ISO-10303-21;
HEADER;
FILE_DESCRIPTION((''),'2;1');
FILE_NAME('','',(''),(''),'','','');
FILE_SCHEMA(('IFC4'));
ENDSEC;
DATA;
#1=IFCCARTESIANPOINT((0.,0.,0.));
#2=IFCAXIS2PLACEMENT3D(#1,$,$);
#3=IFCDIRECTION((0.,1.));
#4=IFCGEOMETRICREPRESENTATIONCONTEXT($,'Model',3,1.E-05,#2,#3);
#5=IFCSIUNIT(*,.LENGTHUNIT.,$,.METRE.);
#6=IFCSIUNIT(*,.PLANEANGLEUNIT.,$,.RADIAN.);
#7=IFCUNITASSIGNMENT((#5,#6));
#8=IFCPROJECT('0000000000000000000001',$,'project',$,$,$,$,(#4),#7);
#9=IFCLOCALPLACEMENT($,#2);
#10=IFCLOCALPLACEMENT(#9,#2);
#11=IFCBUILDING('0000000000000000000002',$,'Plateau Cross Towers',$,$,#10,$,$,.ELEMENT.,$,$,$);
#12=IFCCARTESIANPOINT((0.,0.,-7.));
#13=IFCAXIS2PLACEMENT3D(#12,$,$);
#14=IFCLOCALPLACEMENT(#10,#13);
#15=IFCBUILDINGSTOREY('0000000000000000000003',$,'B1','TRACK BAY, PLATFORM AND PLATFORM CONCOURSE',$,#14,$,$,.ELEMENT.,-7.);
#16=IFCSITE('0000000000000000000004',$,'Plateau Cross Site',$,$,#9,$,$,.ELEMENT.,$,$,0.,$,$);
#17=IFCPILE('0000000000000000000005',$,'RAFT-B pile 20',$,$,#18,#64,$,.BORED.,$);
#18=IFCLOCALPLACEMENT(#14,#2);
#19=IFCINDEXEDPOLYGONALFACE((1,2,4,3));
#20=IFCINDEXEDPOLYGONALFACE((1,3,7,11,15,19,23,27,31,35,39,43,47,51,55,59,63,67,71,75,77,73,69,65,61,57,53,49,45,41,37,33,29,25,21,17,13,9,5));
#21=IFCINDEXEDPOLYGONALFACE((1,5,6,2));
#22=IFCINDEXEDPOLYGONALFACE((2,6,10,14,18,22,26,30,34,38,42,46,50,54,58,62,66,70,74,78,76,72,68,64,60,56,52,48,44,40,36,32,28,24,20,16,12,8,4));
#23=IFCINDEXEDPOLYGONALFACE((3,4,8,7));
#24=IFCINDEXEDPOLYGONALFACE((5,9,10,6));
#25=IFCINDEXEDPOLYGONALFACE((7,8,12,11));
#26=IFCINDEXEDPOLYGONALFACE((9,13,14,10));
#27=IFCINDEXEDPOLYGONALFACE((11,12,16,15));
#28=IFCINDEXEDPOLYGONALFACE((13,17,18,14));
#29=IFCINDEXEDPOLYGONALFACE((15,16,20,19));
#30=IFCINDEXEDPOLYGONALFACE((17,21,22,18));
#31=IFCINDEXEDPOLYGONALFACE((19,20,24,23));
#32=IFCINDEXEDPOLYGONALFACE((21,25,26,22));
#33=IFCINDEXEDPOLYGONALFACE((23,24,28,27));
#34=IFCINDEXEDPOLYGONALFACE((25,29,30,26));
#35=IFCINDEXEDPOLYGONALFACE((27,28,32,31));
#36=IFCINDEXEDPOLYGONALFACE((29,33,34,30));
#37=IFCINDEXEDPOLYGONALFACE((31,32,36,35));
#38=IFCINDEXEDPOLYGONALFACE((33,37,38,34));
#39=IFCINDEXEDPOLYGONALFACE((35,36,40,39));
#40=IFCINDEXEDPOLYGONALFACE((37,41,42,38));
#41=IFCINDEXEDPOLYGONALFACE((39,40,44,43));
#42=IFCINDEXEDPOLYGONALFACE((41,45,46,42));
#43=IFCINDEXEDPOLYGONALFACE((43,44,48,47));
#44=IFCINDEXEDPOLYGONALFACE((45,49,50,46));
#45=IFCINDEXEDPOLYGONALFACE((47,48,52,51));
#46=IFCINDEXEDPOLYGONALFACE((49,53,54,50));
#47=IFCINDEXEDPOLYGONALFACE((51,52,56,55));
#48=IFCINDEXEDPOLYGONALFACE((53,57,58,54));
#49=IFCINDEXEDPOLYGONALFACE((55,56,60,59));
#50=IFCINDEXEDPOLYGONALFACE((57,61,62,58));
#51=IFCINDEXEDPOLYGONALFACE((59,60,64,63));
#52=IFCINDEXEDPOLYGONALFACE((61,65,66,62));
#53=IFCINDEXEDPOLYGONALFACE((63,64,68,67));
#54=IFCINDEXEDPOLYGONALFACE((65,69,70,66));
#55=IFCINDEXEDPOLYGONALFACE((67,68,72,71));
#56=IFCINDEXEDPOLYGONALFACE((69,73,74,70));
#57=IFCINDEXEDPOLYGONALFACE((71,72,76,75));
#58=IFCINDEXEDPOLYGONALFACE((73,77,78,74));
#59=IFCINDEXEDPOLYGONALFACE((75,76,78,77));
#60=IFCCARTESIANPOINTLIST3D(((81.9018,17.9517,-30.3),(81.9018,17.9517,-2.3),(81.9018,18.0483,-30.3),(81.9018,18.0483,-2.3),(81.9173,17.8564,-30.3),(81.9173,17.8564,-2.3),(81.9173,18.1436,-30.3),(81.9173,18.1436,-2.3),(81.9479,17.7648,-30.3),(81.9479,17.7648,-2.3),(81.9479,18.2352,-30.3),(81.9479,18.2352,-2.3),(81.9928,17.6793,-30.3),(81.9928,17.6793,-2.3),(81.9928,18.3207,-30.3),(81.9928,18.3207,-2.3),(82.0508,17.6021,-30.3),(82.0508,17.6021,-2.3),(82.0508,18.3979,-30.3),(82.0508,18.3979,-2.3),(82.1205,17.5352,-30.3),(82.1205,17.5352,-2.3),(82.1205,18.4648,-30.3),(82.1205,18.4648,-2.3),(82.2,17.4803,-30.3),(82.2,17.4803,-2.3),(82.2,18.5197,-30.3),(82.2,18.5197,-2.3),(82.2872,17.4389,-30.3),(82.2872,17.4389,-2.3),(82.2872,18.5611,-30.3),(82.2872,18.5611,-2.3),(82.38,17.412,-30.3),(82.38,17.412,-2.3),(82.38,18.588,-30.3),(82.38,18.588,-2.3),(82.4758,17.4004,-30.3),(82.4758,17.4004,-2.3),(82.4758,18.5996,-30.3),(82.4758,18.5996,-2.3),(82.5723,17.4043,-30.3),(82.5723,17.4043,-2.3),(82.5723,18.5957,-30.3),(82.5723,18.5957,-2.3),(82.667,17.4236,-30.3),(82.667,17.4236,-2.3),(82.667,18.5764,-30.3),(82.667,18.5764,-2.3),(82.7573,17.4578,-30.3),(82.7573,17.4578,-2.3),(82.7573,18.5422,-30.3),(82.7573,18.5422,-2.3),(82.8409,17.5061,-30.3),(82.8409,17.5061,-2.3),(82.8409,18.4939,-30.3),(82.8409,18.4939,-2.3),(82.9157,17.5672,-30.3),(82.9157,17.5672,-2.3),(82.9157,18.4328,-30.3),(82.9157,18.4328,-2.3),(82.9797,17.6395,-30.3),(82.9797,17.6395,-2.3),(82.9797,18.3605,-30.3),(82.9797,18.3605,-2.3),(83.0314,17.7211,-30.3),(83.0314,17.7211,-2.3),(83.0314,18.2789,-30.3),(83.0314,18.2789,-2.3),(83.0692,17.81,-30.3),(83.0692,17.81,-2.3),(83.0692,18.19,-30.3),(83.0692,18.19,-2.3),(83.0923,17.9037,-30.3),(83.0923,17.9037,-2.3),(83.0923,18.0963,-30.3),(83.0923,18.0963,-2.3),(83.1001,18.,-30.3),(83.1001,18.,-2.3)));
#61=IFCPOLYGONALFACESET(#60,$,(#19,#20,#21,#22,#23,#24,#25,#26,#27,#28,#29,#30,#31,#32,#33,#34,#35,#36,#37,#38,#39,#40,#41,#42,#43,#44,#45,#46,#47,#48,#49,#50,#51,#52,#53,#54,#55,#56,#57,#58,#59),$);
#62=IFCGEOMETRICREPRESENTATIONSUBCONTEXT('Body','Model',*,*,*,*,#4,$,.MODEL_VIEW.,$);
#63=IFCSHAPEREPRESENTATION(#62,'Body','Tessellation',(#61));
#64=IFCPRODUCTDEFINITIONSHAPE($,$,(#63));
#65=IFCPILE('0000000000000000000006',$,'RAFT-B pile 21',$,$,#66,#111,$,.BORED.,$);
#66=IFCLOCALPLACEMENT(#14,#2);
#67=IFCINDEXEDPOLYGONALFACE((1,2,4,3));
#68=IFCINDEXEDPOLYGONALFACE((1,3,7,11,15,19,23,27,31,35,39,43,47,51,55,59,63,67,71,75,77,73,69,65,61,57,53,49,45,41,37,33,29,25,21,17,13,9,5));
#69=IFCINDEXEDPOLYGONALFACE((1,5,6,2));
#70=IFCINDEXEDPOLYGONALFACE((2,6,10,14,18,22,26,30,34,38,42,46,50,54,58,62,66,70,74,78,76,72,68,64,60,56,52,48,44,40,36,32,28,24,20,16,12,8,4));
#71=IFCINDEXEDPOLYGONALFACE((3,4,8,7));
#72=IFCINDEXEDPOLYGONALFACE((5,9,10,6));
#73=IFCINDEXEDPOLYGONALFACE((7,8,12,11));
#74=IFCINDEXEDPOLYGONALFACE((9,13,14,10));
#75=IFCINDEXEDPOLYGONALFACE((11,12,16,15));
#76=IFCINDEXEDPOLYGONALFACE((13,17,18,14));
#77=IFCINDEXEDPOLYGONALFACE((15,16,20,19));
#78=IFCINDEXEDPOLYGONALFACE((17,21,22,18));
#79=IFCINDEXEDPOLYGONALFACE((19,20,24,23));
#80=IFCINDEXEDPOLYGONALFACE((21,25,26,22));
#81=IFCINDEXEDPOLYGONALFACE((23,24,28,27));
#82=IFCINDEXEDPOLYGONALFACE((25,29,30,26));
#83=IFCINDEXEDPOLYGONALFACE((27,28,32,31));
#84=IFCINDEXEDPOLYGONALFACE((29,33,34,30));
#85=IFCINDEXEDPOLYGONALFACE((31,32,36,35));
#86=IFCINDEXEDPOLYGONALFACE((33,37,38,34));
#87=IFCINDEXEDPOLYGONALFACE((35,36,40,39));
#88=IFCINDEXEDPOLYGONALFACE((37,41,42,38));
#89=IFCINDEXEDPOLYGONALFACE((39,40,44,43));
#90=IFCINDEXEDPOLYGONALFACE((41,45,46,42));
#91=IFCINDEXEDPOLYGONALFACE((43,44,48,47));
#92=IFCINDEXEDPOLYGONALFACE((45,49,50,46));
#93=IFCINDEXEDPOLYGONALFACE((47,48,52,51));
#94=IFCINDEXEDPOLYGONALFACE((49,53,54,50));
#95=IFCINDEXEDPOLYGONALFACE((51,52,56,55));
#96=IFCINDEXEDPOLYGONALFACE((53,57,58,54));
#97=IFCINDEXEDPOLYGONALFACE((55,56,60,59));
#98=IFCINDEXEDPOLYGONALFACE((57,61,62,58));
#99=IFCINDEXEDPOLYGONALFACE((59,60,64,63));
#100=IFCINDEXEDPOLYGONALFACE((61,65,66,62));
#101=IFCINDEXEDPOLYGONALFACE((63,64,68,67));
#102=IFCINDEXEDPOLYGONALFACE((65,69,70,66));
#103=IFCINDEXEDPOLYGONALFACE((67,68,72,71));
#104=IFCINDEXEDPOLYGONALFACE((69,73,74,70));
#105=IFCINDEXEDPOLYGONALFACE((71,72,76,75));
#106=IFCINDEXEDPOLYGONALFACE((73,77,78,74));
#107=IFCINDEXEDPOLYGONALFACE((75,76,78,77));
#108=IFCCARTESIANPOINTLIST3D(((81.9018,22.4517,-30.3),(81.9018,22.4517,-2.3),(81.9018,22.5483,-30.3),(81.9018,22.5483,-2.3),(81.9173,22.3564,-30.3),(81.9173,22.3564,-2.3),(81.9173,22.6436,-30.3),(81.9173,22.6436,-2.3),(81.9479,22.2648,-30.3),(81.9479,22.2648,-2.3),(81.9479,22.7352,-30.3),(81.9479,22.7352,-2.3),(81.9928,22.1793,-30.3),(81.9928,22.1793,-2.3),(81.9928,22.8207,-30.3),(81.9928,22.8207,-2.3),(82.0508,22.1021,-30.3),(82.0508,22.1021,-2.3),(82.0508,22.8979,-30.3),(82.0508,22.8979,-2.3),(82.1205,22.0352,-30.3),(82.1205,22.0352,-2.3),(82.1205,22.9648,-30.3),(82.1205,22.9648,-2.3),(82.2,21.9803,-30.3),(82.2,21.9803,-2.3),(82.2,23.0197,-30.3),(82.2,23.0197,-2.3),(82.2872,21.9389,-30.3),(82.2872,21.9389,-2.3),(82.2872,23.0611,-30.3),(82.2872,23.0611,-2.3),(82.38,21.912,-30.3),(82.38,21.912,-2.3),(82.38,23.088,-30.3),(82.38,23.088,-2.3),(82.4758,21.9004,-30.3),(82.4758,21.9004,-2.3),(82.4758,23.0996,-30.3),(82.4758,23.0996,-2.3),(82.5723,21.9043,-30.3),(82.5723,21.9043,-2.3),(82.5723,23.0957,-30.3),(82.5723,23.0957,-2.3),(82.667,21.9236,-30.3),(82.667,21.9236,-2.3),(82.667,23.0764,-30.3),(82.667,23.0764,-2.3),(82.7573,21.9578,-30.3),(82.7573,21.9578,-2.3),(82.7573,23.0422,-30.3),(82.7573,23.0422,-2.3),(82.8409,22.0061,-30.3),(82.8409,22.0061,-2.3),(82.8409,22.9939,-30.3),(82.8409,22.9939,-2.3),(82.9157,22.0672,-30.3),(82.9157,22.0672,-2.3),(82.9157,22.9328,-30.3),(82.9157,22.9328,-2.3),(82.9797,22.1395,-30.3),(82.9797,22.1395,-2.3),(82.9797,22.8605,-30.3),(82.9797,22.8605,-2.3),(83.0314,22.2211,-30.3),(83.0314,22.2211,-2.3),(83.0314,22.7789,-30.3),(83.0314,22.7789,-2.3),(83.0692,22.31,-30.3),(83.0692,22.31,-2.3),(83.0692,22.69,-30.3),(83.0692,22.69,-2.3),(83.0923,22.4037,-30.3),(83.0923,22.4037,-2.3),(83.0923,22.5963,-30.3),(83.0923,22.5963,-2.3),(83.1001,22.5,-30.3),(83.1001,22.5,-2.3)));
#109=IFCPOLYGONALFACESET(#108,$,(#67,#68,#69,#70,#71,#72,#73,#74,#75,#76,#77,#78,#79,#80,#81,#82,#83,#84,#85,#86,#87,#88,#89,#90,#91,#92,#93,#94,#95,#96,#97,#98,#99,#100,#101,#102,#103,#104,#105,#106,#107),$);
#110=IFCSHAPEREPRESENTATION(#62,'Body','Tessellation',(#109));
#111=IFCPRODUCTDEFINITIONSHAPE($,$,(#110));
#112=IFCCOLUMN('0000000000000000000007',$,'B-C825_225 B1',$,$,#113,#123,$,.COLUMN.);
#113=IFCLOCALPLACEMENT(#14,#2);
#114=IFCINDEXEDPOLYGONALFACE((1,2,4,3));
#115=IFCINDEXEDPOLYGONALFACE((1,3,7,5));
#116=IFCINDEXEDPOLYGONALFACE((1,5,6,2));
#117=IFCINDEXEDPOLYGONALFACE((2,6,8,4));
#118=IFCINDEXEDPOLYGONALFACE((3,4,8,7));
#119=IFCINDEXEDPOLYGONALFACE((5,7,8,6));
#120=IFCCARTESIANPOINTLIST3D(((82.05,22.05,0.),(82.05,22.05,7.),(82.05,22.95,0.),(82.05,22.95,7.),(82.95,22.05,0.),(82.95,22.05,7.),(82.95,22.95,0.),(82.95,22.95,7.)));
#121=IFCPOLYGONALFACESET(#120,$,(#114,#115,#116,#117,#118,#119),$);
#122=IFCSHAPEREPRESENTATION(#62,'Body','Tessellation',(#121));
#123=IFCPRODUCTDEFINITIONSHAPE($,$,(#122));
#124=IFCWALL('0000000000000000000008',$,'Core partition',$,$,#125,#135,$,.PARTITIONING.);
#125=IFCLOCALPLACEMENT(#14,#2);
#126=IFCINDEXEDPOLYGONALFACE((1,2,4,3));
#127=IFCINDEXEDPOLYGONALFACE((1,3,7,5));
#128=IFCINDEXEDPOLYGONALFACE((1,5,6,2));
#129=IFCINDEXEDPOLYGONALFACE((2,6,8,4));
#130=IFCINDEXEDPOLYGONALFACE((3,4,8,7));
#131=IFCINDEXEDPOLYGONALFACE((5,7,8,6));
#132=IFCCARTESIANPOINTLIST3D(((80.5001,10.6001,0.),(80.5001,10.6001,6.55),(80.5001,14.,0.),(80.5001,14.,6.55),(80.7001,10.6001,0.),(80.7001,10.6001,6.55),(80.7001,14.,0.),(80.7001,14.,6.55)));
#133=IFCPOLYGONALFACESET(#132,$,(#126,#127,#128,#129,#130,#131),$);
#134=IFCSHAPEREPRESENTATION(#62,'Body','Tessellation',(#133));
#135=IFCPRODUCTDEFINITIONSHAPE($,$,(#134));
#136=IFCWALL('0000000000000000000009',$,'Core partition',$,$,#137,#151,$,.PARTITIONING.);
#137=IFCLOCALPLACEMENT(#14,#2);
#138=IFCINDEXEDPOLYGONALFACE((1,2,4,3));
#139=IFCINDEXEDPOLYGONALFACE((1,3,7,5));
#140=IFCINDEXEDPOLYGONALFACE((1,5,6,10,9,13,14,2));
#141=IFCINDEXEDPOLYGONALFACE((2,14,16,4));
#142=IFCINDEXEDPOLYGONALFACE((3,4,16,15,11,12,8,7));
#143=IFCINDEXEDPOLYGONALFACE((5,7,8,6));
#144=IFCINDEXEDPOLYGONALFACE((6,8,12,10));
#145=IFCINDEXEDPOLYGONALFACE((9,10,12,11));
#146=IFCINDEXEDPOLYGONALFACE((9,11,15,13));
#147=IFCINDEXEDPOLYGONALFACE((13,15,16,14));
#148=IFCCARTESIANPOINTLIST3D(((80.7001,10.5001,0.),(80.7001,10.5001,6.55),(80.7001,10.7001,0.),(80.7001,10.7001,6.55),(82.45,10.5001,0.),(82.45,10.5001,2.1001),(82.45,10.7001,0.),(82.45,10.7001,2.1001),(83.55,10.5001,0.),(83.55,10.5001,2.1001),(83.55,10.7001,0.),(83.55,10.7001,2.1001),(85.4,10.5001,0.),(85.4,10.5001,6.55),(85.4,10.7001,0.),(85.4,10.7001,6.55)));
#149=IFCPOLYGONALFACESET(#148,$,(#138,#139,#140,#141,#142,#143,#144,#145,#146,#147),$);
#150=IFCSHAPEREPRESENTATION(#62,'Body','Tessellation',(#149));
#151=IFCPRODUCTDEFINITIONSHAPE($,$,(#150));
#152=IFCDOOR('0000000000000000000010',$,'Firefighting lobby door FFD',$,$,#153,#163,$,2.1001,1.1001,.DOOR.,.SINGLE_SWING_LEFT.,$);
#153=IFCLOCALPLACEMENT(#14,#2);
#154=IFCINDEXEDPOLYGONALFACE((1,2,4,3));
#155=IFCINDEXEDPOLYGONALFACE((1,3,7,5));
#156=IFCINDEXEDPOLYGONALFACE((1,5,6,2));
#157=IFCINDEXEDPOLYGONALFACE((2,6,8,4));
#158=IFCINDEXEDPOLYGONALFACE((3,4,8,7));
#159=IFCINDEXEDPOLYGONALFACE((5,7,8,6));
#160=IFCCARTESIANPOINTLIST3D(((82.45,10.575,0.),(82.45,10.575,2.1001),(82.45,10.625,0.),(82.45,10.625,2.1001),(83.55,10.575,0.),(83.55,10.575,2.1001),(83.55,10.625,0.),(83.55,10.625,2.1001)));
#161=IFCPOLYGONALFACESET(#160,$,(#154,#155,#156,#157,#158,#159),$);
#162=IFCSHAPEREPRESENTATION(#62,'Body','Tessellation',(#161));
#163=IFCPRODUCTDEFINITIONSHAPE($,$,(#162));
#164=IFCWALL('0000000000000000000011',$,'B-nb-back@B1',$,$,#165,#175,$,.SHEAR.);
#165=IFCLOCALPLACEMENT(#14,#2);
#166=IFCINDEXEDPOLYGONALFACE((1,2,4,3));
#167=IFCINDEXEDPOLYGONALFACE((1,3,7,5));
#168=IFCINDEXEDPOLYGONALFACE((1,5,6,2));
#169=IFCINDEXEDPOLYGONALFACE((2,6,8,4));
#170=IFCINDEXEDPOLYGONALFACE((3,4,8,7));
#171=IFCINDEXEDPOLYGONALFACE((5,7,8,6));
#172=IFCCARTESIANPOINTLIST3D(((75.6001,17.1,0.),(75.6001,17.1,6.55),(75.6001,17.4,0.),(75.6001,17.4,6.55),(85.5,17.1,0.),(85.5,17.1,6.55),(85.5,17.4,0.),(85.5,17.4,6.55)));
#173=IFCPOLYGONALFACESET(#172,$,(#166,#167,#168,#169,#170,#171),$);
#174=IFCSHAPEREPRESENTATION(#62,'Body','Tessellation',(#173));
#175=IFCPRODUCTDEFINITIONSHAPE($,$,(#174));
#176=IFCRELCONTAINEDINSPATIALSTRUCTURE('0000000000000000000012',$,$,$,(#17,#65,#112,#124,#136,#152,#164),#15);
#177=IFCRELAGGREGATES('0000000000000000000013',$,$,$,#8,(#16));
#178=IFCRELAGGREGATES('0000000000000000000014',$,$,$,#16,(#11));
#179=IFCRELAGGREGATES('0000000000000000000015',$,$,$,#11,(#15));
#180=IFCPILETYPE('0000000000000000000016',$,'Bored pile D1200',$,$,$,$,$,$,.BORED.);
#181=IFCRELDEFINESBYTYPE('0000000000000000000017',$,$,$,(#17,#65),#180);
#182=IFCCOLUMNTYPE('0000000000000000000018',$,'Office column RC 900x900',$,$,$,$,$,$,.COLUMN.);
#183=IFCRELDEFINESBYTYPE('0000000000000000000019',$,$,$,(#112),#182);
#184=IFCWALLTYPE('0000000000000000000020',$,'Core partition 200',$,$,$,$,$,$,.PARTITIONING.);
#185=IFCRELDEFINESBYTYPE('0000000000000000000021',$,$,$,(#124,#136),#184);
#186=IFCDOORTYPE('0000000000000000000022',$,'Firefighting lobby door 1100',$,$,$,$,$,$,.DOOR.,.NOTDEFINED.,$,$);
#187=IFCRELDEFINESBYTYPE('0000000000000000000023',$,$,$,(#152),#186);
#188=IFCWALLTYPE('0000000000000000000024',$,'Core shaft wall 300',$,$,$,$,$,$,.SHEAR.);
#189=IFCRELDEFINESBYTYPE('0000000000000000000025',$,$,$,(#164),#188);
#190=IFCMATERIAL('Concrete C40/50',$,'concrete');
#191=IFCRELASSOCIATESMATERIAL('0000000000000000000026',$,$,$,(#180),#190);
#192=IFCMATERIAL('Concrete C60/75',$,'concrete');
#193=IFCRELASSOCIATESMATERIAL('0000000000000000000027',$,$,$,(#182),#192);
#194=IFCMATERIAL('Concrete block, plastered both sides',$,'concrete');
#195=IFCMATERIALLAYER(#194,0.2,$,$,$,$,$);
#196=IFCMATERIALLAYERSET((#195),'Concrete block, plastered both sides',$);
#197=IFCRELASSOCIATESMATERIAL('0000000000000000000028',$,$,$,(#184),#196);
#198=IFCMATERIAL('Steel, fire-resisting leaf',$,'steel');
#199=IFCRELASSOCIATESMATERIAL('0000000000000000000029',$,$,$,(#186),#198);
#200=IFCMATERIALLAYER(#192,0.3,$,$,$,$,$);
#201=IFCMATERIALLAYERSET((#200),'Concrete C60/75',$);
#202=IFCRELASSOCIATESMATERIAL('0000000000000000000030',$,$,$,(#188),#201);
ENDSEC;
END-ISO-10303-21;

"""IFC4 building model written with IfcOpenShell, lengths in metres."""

from ifc_helpers import new_model, si_unit, direction, frame, frame_2d, origin, origin_2d, place, context, subcontext, project, spatial, rectangle, circle, extrude, material, layer, layer_set, material_profile, profile_set, type_object, element, fill, save


model = new_model("IFC4")

# Units and contexts
model_context = context("Model", 3, precision=1e-05, world=origin(), true_north=direction((0.0, 1.0)))
body_context = subcontext(model_context, "Body", "Model", "MODEL_VIEW")
ifc_project = project(units=[si_unit("LENGTHUNIT", "METRE"), si_unit("PLANEANGLEUNIT", "RADIAN")], contexts=[model_context])

# Site, building, storey
site_placement = place(None, origin())
site = spatial("IfcSite", under=ifc_project, at=site_placement, Name="Plateau Cross Site", CompositionType="ELEMENT", RefElevation=0.0)
building_placement = place(site_placement, origin())
building = spatial("IfcBuilding", under=site, at=building_placement, Name="Plateau Cross Towers", CompositionType="ELEMENT")
storey_placement = place(building_placement, frame((0.0, 0.0, -7.0)))
storey = spatial("IfcBuildingStorey", under=building, at=storey_placement, Name="B1", Description="TRACK BAY, PLATFORM AND PLATFORM CONCOURSE", CompositionType="ELEMENT", Elevation=-7.0)

# Piles
ifc_material_1 = material(Name="Concrete C40/50", Category="concrete")
ifc_material_profile_1 = material_profile(ifc_material_1, circle(Radius=0.6001, at=origin_2d()), Name="Bored pile D1200")
ifc_profile_set_1 = profile_set([ifc_material_profile_1], Name="Concrete C40/50")
pile_type = type_object("IfcPileType", Name="Bored pile D1200", PredefinedType="BORED", material=ifc_profile_set_1)
for number, where, z_axis, x_axis, name in (
    (1, (82.5, 18.0, -2.3), (0.0, 0.0, -1.0), (1.0, 0.0, 0.0), "RAFT-B pile 20"),
    (2, (82.5, 22.5, -2.3), (0.0, 0.0, -1.0), (1.0, 0.0, 0.0), "RAFT-B pile 21"),
):
    element("IfcPile", number, at=place(storey_placement, frame(where, z_axis=z_axis, x_axis=x_axis)), inside=storey, type_object=pile_type, Name=name, PredefinedType="BORED", context=body_context, shape_type="SweptSolid", body=[
        extrude(circle(Radius=0.6001, at=origin_2d()), origin(), (0.0, 0.0, 1.0), 28.0),
    ])

# Column
ifc_material_2 = material(Name="Concrete C60/75", Category="concrete")
ifc_material_profile_2 = material_profile(ifc_material_2, rectangle(XDim=0.8999, YDim=0.8999, at=origin_2d()), Name="RC 900x900")
ifc_profile_set_2 = profile_set([ifc_material_profile_2], Name="Concrete C60/75")
column_type = type_object("IfcColumnType", Name="Office column RC 900x900", PredefinedType="COLUMN", material=ifc_profile_set_2)
column_placement = place(storey_placement, frame((82.5, 22.5, 0.0), z_axis=(0.0, 0.0, 1.0), x_axis=(1.0, 0.0, 0.0)))
element("IfcColumn", 3, at=column_placement, inside=storey, type_object=column_type, Name="B-C825_225 B1", PredefinedType="COLUMN", context=body_context, shape_type="SweptSolid", body=[
    extrude(rectangle(XDim=0.8999, YDim=0.8999, at=origin_2d()), origin(), (0.0, 0.0, 1.0), 7.0),
])

# Wall
ifc_material_3 = material(Name="Concrete block, plastered both sides", Category="concrete")
ifc_layer_1 = layer(ifc_material_3, 0.2)
ifc_layer_set_1 = layer_set([ifc_layer_1], Name="Concrete block, plastered both sides")
wall_type_1 = type_object("IfcWallType", Name="Core partition 200", PredefinedType="PARTITIONING", material=ifc_layer_set_1)
wall_1_placement = place(storey_placement, frame((80.6001, 10.6001, 0.0), z_axis=(0.0, 0.0, 1.0), x_axis=(0.0, 1.0, 0.0)))
element("IfcWall", 4, at=wall_1_placement, inside=storey, type_object=wall_type_1, Name="Core partition", PredefinedType="PARTITIONING", context=body_context, shape_type="SweptSolid", body=[
    extrude(rectangle(XDim=3.3999, YDim=0.2, at=frame_2d((1.7, 0.0))), origin(), (0.0, 0.0, 1.0), 6.55),
])

# Wall, opening, door
wall_2_placement = place(storey_placement, frame((80.7, 10.6001, 0.0), z_axis=(0.0, 0.0, 1.0), x_axis=(1.0, 0.0, 0.0)))
wall_2 = element("IfcWall", 5, at=wall_2_placement, inside=storey, type_object=wall_type_1, Name="Core partition", PredefinedType="PARTITIONING", context=body_context, shape_type="SweptSolid", body=[
    extrude(rectangle(XDim=4.7, YDim=0.2, at=frame_2d((2.3501, 0.0))), origin(), (0.0, 0.0, 1.0), 6.55),
])
opening_1_placement = place(wall_2_placement, frame((1.75, 0.0, 0.0)))
opening_1 = element("IfcOpeningElement", 6, at=opening_1_placement, cuts=wall_2, PredefinedType="OPENING", context=body_context, shape_type="SweptSolid", body=[
    extrude(rectangle(XDim=1.1001, YDim=2.1001, at=frame_2d((0.55, 1.05))), frame((0.0, 0.1099, 0.0), z_axis=(0.0, -1.0, 0.0), x_axis=(1.0, 0.0, 0.0)), (0.0, 0.0, 1.0), 0.22),
])
ifc_material_4 = material(Name="Steel, fire-resisting leaf", Category="steel")
door_type_1 = type_object("IfcDoorType", Name="Firefighting lobby door 1100", OperationType="NOTDEFINED", PredefinedType="DOOR", material=ifc_material_4)
door_1_placement = place(opening_1_placement, origin())
door_1 = element("IfcDoor", 7, at=door_1_placement, inside=storey, type_object=door_type_1, Name="Firefighting lobby door FFD", OperationType="SINGLE_SWING_LEFT", OverallHeight=2.1001, OverallWidth=1.1001, PredefinedType="DOOR", context=body_context, shape_type="SweptSolid", body=[
    extrude(rectangle(XDim=1.1001, YDim=2.1001, at=frame_2d((0.55, 1.05))), frame((0.0, 0.0249, 0.0), z_axis=(0.0, -1.0, 0.0), x_axis=(1.0, 0.0, 0.0)), (0.0, 0.0, 1.0), 0.05),
])
fill(opening_1, door_1)

# Wall
ifc_layer_2 = layer(ifc_material_2, 0.3)
ifc_layer_set_2 = layer_set([ifc_layer_2], Name="Concrete C60/75")
wall_type_2 = type_object("IfcWallType", Name="Core shaft wall 300", PredefinedType="SHEAR", material=ifc_layer_set_2)
wall_3_placement = place(storey_placement, frame((75.6001, 17.25, 0.0), z_axis=(0.0, 0.0, 1.0), x_axis=(1.0, 0.0, 0.0)))
element("IfcWall", 8, at=wall_3_placement, inside=storey, type_object=wall_type_2, Name="B-nb-back@B1", PredefinedType="SHEAR", context=body_context, shape_type="SweptSolid", body=[
    extrude(rectangle(XDim=9.8999, YDim=0.3, at=frame_2d((4.95, 0.0))), origin(), (0.0, 0.0, 1.0), 6.55),
])

save(model, "model.ifc")
